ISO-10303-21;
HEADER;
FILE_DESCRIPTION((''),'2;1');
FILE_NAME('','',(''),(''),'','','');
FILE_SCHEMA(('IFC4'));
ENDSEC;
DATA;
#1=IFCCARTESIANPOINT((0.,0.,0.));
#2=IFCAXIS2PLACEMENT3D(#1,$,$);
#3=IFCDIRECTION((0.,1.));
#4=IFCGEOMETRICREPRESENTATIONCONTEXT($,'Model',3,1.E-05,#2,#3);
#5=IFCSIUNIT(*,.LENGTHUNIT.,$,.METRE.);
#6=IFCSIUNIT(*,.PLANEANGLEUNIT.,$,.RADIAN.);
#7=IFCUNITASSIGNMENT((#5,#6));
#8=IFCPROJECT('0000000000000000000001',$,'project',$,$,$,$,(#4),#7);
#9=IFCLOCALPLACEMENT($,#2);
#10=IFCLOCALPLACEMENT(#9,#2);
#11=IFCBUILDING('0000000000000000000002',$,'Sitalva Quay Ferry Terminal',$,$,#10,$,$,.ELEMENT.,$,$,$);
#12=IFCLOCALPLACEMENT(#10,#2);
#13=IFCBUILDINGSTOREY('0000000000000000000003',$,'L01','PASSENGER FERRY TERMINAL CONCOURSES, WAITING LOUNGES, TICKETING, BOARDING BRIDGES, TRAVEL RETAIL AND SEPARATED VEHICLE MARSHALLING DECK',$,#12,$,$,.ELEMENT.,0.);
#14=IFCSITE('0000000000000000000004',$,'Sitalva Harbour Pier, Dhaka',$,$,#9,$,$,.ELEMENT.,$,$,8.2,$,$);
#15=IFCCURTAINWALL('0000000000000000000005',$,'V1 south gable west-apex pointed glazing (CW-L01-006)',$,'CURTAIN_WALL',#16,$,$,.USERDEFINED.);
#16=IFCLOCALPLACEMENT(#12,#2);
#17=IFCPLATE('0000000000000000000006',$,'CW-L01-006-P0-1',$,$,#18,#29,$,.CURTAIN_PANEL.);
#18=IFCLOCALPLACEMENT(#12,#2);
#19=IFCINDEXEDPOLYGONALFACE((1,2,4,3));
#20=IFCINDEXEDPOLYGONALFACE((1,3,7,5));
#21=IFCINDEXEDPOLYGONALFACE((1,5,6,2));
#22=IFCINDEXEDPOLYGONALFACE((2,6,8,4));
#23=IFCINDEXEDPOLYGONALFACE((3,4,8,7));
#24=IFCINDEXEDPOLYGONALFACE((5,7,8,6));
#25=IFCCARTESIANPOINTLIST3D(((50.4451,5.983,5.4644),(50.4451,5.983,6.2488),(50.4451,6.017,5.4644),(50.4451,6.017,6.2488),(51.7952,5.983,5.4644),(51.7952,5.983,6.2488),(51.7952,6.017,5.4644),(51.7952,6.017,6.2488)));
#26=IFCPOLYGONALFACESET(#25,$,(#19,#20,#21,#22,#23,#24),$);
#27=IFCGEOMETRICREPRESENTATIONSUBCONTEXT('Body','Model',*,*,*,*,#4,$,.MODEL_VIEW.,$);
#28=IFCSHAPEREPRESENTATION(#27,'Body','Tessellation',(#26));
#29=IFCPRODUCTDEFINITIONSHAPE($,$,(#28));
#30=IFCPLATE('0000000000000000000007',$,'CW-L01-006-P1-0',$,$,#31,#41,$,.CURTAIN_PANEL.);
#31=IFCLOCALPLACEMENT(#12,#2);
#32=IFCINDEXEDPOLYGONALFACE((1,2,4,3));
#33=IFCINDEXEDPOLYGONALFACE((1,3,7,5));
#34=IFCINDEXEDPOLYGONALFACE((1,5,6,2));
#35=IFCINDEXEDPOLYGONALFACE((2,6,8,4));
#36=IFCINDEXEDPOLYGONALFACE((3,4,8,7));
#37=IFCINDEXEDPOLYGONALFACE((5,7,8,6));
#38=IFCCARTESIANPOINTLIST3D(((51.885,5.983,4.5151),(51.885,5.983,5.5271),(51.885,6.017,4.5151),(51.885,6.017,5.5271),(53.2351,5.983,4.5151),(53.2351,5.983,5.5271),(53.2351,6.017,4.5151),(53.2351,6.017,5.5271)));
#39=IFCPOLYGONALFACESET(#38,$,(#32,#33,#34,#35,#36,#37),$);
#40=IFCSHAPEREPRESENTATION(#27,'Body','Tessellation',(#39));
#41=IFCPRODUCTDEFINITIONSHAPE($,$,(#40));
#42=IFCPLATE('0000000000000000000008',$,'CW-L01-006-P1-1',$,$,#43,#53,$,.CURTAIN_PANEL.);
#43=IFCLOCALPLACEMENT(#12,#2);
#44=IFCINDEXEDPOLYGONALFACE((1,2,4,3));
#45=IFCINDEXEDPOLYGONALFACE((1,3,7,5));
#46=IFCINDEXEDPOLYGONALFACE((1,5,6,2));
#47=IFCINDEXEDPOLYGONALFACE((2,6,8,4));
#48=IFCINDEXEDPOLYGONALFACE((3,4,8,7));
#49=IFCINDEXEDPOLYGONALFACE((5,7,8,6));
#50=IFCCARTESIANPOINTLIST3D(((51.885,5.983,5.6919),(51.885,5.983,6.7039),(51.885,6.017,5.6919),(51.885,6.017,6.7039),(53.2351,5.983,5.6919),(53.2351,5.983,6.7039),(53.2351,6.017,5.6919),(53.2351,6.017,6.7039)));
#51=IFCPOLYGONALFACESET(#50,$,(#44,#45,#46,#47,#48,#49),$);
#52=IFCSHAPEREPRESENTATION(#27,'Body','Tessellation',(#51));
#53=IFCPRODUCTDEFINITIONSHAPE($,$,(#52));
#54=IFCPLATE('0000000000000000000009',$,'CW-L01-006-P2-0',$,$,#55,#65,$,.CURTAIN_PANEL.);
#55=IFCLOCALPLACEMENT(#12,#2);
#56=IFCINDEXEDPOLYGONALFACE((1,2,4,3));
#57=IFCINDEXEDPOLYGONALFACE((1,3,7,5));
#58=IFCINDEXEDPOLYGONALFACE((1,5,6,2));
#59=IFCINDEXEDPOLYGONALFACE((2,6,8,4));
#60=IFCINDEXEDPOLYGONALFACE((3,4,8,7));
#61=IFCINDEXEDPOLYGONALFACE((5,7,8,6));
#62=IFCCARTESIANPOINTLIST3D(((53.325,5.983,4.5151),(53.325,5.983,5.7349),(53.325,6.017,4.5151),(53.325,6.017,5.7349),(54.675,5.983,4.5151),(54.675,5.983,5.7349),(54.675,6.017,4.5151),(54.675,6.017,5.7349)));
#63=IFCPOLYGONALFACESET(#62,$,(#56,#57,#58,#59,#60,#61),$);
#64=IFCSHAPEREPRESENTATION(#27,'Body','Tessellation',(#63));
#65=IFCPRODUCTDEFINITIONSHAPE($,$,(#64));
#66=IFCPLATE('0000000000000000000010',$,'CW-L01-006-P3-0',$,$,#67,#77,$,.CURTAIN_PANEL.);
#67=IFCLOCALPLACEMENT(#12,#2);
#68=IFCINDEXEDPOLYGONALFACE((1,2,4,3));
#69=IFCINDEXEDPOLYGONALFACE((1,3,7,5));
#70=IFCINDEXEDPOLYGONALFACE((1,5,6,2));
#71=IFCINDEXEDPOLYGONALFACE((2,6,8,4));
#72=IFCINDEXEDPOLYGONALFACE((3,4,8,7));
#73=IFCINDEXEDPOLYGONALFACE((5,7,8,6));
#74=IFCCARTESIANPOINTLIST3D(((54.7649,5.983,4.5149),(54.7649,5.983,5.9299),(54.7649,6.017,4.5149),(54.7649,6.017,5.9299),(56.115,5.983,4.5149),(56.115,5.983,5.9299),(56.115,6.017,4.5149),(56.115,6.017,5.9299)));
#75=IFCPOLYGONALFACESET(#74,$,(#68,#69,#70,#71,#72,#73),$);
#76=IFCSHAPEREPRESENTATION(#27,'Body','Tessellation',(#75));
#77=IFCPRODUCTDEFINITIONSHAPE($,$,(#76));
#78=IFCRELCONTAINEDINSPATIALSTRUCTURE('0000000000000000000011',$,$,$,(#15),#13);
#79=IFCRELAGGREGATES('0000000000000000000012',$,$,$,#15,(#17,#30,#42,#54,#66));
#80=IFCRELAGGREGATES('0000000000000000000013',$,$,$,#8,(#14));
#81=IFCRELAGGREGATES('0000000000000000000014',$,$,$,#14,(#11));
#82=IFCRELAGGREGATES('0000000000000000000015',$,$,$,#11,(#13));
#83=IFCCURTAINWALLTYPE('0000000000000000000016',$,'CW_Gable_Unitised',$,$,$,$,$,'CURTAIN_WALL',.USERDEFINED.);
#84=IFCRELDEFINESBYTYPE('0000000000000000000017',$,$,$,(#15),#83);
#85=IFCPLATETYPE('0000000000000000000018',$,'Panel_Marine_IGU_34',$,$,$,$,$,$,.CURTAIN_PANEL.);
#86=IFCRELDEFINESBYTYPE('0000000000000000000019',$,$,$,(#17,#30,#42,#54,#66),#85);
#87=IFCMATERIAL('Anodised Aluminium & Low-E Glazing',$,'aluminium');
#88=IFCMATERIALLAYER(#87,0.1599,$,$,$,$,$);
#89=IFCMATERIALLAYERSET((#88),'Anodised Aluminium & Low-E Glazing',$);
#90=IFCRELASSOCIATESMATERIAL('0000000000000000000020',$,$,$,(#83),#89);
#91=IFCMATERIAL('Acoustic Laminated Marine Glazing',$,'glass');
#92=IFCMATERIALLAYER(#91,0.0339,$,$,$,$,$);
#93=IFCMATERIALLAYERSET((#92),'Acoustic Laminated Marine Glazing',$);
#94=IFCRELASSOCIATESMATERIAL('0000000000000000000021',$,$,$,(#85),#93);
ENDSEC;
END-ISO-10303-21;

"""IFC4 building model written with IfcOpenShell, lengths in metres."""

from ifc_helpers import new_model, si_unit, direction, frame, origin, origin_2d, place, context, subcontext, project, spatial, rectangle, extrude, material, layer, layer_set, type_object, element, aggregate, save


model = new_model("IFC4")

# Units and contexts
model_context = context("Model", 3, precision=1e-05, world=origin(), true_north=direction((0.0, 1.0)))
body_context = subcontext(model_context, "Body", "Model", "MODEL_VIEW")
ifc_project = project(units=[si_unit("LENGTHUNIT", "METRE"), si_unit("PLANEANGLEUNIT", "RADIAN")], contexts=[model_context])

# Site, building, storey
site_placement = place(None, origin())
site = spatial("IfcSite", under=ifc_project, at=site_placement, Name="Sitalva Harbour Pier, Dhaka", CompositionType="ELEMENT", RefElevation=8.2)
building_placement = place(site_placement, origin())
building = spatial("IfcBuilding", under=site, at=building_placement, Name="Sitalva Quay Ferry Terminal", CompositionType="ELEMENT")
storey_placement = place(building_placement, origin())
storey = spatial("IfcBuildingStorey", under=building, at=storey_placement, Name="L01", Description="PASSENGER FERRY TERMINAL CONCOURSES, WAITING LOUNGES, TICKETING, BOARDING BRIDGES, TRAVEL RETAIL AND SEPARATED VEHICLE MARSHALLING DECK", CompositionType="ELEMENT", Elevation=0.0)

# Curtain wall
ifc_material_1 = material(Name="Anodised Aluminium & Low-E Glazing", Category="aluminium")
ifc_layer_1 = layer(ifc_material_1, 0.1599)
ifc_layer_set_1 = layer_set([ifc_layer_1], Name="Anodised Aluminium & Low-E Glazing")
curtain_wall_type_1 = type_object("IfcCurtainWallType", Name="CW_Gable_Unitised", ElementType="CURTAIN_WALL", PredefinedType="USERDEFINED", material=ifc_layer_set_1)
curtain_wall_1_placement = place(storey_placement, origin())
curtain_wall_1 = element("IfcCurtainWall", 1, at=curtain_wall_1_placement, inside=storey, type_object=curtain_wall_type_1, Name="V1 south gable west-apex pointed glazing (CW-L01-006)", ObjectType="CURTAIN_WALL", PredefinedType="USERDEFINED")

# Plates
ifc_material_2 = material(Name="Acoustic Laminated Marine Glazing", Category="glass")
ifc_layer_2 = layer(ifc_material_2, 0.0339)
ifc_layer_set_2 = layer_set([ifc_layer_2], Name="Acoustic Laminated Marine Glazing")
plate_type = type_object("IfcPlateType", Name="Panel_Marine_IGU_34", PredefinedType="CURTAIN_PANEL", material=ifc_layer_set_2)
plate_1_placement = place(storey_placement, frame((51.1201, 6.0, 5.4644), z_axis=(0.0, 0.0, 1.0), x_axis=(1.0, 0.0, 0.0)))
plate_1 = element("IfcPlate", 2, at=plate_1_placement, type_object=plate_type, Name="CW-L01-006-P0-1", PredefinedType="CURTAIN_PANEL", context=body_context, shape_type="SweptSolid", body=[
    extrude(rectangle(XDim=1.3501, YDim=0.0339, at=origin_2d()), origin(), (0.0, 0.0, 1.0), 0.7844),
])
plate_2_placement = place(storey_placement, frame((52.5601, 6.0, 4.5151), z_axis=(0.0, 0.0, 1.0), x_axis=(1.0, 0.0, 0.0)))
plate_2 = element("IfcPlate", 3, at=plate_2_placement, type_object=plate_type, Name="CW-L01-006-P1-0", PredefinedType="CURTAIN_PANEL", context=body_context, shape_type="SweptSolid", body=[
    extrude(rectangle(XDim=1.3501, YDim=0.0339, at=origin_2d()), origin(), (0.0, 0.0, 1.0), 1.012),
])
plate_3_placement = place(storey_placement, frame((52.5601, 6.0, 5.6919), z_axis=(0.0, 0.0, 1.0), x_axis=(1.0, 0.0, 0.0)))
plate_3 = element("IfcPlate", 4, at=plate_3_placement, type_object=plate_type, Name="CW-L01-006-P1-1", PredefinedType="CURTAIN_PANEL", context=body_context, shape_type="SweptSolid", body=[
    extrude(rectangle(XDim=1.3501, YDim=0.0339, at=origin_2d()), origin(), (0.0, 0.0, 1.0), 1.012),
])
plate_4_placement = place(storey_placement, frame((54.0, 6.0, 4.5151), z_axis=(0.0, 0.0, 1.0), x_axis=(1.0, 0.0, 0.0)))
plate_4 = element("IfcPlate", 5, at=plate_4_placement, type_object=plate_type, Name="CW-L01-006-P2-0", PredefinedType="CURTAIN_PANEL", context=body_context, shape_type="SweptSolid", body=[
    extrude(rectangle(XDim=1.3501, YDim=0.0339, at=origin_2d()), origin(), (0.0, 0.0, 1.0), 1.2197),
])
plate_5_placement = place(storey_placement, frame((55.4399, 6.0, 4.5149), z_axis=(0.0, 0.0, 1.0), x_axis=(1.0, 0.0, 0.0)))
plate_5 = element("IfcPlate", 6, at=plate_5_placement, type_object=plate_type, Name="CW-L01-006-P3-0", PredefinedType="CURTAIN_PANEL", context=body_context, shape_type="SweptSolid", body=[
    extrude(rectangle(XDim=1.3501, YDim=0.0339, at=origin_2d()), origin(), (0.0, 0.0, 1.0), 1.415),
])
aggregate(curtain_wall_1, [plate_1, plate_2, plate_3, plate_4, plate_5])

save(model, "model.ifc")
